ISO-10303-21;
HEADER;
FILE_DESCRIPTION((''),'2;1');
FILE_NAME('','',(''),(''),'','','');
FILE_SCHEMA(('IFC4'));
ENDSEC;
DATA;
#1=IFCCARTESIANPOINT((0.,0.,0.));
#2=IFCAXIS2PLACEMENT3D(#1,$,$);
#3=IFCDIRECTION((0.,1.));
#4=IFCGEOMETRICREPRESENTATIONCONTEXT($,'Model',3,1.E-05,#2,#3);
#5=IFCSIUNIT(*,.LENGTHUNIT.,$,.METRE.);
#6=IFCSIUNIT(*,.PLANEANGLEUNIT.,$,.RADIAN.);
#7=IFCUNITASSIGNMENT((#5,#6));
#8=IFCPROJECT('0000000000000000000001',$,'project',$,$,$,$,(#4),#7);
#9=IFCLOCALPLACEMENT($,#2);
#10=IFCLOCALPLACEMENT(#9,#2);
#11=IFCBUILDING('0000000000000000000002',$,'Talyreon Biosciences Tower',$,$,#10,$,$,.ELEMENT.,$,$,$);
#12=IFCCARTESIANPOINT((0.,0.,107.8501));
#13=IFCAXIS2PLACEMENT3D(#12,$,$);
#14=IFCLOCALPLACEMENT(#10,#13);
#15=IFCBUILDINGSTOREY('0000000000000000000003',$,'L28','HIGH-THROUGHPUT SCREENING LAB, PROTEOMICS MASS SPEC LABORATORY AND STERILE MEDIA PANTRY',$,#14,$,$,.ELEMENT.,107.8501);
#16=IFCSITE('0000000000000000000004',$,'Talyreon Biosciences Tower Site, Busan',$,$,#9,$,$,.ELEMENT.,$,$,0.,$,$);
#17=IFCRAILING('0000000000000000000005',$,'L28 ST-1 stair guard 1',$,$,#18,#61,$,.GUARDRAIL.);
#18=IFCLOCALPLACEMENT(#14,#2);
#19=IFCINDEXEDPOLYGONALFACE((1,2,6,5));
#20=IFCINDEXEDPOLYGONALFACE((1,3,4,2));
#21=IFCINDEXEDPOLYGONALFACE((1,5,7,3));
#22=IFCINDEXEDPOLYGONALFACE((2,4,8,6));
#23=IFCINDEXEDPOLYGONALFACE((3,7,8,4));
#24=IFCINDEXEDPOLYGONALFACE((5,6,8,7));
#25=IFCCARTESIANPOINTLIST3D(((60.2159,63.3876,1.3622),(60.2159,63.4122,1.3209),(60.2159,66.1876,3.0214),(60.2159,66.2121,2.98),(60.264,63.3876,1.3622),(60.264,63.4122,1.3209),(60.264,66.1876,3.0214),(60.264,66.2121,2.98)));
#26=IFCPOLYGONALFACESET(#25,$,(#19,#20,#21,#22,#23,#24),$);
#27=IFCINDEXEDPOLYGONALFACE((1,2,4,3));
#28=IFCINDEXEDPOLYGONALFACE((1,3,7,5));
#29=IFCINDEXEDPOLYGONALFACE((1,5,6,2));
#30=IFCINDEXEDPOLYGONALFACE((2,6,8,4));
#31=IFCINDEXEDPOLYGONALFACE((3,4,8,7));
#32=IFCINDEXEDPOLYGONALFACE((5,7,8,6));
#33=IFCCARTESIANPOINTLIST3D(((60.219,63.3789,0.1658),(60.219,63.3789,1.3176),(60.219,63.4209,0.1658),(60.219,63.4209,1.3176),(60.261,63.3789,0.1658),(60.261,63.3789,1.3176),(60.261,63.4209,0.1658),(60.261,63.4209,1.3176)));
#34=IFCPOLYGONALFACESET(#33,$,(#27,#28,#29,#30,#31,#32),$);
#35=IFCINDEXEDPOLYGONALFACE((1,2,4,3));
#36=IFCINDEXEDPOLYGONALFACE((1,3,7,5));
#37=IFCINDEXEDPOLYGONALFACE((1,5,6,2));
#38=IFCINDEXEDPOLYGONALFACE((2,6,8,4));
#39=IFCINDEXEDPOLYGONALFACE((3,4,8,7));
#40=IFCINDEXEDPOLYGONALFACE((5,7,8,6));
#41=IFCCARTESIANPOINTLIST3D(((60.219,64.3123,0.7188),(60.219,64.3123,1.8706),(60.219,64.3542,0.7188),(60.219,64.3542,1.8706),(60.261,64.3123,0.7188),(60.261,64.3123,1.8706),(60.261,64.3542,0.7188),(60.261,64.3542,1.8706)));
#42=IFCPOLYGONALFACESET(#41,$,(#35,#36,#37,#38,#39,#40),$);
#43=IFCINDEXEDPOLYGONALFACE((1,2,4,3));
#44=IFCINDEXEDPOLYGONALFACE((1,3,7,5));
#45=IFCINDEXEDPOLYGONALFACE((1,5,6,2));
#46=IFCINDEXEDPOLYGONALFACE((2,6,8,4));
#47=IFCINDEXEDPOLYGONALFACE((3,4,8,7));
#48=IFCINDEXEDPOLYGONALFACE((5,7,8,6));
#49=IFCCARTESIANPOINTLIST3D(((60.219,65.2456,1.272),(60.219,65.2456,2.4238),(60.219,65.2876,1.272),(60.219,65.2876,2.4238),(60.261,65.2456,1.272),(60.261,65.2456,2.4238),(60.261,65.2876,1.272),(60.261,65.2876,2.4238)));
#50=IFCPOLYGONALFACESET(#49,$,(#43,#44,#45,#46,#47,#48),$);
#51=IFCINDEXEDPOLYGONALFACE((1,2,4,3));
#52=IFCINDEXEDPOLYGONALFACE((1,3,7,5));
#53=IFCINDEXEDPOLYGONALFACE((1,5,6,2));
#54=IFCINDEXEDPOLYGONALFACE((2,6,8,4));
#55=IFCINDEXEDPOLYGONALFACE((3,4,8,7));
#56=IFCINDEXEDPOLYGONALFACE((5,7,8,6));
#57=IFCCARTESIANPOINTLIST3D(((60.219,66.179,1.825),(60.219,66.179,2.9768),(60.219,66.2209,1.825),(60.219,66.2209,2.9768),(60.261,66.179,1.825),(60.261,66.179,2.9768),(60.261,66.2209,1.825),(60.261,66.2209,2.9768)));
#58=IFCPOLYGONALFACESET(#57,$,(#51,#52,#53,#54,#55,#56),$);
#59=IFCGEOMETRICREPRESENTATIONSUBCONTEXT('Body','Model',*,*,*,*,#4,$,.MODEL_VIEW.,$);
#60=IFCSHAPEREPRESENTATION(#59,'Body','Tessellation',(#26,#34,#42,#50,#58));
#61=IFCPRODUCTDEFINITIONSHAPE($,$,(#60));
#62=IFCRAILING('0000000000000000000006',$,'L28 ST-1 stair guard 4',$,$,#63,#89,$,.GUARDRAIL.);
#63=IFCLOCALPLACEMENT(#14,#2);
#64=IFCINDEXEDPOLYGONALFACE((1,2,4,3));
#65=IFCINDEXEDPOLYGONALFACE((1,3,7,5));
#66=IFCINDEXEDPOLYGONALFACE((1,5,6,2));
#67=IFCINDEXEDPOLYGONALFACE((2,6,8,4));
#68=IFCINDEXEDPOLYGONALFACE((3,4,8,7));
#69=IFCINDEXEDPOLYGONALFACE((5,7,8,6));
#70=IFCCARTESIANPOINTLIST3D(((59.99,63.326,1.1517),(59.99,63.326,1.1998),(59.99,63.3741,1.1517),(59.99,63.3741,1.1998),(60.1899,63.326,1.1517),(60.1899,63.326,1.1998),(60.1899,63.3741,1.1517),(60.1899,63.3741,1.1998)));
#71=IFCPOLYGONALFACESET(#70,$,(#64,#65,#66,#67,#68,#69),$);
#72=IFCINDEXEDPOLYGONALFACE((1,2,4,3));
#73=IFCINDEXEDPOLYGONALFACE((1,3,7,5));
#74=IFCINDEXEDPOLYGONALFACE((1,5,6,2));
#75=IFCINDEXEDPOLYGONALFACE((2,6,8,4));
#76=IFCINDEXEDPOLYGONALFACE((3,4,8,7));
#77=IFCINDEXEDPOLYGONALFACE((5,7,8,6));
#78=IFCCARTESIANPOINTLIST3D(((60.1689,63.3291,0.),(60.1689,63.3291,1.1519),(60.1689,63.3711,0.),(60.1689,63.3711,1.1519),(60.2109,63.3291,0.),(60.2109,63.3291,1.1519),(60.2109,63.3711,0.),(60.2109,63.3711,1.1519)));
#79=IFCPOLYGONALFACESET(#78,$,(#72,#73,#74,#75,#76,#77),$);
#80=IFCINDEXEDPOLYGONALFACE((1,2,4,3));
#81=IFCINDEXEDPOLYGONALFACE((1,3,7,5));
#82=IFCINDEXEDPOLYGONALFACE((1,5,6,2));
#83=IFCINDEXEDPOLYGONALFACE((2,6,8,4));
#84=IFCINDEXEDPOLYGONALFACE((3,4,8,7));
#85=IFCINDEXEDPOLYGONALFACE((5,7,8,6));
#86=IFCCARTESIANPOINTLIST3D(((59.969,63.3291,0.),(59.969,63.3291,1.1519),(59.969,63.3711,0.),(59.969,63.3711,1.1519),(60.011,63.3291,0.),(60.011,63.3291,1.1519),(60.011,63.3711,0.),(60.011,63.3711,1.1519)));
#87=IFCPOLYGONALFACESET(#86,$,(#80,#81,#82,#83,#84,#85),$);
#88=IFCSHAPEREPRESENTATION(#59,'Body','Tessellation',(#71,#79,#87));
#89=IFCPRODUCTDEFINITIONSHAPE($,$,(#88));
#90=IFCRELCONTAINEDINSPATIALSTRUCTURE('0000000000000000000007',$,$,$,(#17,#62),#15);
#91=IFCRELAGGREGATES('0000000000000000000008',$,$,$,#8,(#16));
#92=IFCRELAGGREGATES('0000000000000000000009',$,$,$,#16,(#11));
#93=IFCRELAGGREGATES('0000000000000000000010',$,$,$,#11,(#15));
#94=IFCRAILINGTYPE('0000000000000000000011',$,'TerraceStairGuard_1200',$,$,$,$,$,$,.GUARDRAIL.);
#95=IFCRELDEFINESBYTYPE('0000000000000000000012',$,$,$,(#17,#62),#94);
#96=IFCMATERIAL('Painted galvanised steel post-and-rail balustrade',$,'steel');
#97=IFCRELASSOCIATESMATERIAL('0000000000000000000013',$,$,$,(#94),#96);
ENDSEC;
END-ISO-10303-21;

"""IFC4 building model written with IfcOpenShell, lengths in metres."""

from ifc_helpers import new_model, si_unit, direction, frame, origin, origin_2d, place, context, subcontext, project, spatial, rectangle, extrude, material, type_object, element, save


model = new_model("IFC4")

# Units and contexts
model_context = context("Model", 3, precision=1e-05, world=origin(), true_north=direction((0.0, 1.0)))
body_context = subcontext(model_context, "Body", "Model", "MODEL_VIEW")
ifc_project = project(units=[si_unit("LENGTHUNIT", "METRE"), si_unit("PLANEANGLEUNIT", "RADIAN")], contexts=[model_context])

# Site, building, storey
site_placement = place(None, origin())
site = spatial("IfcSite", under=ifc_project, at=site_placement, Name="Talyreon Biosciences Tower Site, Busan", CompositionType="ELEMENT", RefElevation=0.0)
building_placement = place(site_placement, origin())
building = spatial("IfcBuilding", under=site, at=building_placement, Name="Talyreon Biosciences Tower", CompositionType="ELEMENT")
storey_placement = place(building_placement, frame((0.0, 0.0, 107.8501)))
storey = spatial("IfcBuildingStorey", under=building, at=storey_placement, Name="L28", Description="HIGH-THROUGHPUT SCREENING LAB, PROTEOMICS MASS SPEC LABORATORY AND STERILE MEDIA PANTRY", CompositionType="ELEMENT", Elevation=107.8501)

# Railings
ifc_material_1 = material(Name="Painted galvanised steel post-and-rail balustrade", Category="steel")
railing_type_1 = type_object("IfcRailingType", Name="TerraceStairGuard_1200", PredefinedType="GUARDRAIL", material=ifc_material_1)
railing_1_placement = place(storey_placement, frame((60.24, 63.3999, 0.1658)))
element("IfcRailing", 1, at=railing_1_placement, inside=storey, type_object=railing_type_1, Name="L28 ST-1 stair guard 1", PredefinedType="GUARDRAIL", context=body_context, shape_type="SweptSolid", body=[
    extrude(rectangle(XDim=0.0481, YDim=0.0481, at=origin_2d()), frame((0.0, 0.0, 1.1758), z_axis=(0.0, 0.860306, 0.509778), x_axis=(-1.0, 0.0, 0.0)), (0.0, 0.0, 1.0), 3.2546),
    extrude(rectangle(XDim=0.042, YDim=0.042, at=origin_2d()), origin(), (0.0, 0.0, 1.0), 1.1519),
    extrude(rectangle(XDim=0.042, YDim=0.042, at=origin_2d()), frame((0.0, 0.9333, 0.553)), (0.0, 0.0, 1.0), 1.1519),
    extrude(rectangle(XDim=0.042, YDim=0.042, at=origin_2d()), frame((0.0, 1.8667, 1.1062)), (0.0, 0.0, 1.0), 1.1519),
    extrude(rectangle(XDim=0.042, YDim=0.042, at=origin_2d()), frame((0.0, 2.8, 1.6592)), (0.0, 0.0, 1.0), 1.1519),
])
railing_2_placement = place(storey_placement, frame((60.1899, 63.3501, 0.0)))
element("IfcRailing", 2, at=railing_2_placement, inside=storey, type_object=railing_type_1, Name="L28 ST-1 stair guard 4", PredefinedType="GUARDRAIL", context=body_context, shape_type="SweptSolid", body=[
    extrude(rectangle(XDim=0.0481, YDim=0.0481, at=origin_2d()), frame((0.0, 0.0, 1.1758), z_axis=(-1.0, 0.0, 0.0), x_axis=(0.0, -1.0, 0.0)), (0.0, 0.0, 1.0), 0.2),
    extrude(rectangle(XDim=0.042, YDim=0.042, at=origin_2d()), origin(), (0.0, 0.0, 1.0), 1.1519),
    extrude(rectangle(XDim=0.042, YDim=0.042, at=origin_2d()), frame((-0.2, 0.0, 0.0)), (0.0, 0.0, 1.0), 1.1519),
])

save(model, "model.ifc")
